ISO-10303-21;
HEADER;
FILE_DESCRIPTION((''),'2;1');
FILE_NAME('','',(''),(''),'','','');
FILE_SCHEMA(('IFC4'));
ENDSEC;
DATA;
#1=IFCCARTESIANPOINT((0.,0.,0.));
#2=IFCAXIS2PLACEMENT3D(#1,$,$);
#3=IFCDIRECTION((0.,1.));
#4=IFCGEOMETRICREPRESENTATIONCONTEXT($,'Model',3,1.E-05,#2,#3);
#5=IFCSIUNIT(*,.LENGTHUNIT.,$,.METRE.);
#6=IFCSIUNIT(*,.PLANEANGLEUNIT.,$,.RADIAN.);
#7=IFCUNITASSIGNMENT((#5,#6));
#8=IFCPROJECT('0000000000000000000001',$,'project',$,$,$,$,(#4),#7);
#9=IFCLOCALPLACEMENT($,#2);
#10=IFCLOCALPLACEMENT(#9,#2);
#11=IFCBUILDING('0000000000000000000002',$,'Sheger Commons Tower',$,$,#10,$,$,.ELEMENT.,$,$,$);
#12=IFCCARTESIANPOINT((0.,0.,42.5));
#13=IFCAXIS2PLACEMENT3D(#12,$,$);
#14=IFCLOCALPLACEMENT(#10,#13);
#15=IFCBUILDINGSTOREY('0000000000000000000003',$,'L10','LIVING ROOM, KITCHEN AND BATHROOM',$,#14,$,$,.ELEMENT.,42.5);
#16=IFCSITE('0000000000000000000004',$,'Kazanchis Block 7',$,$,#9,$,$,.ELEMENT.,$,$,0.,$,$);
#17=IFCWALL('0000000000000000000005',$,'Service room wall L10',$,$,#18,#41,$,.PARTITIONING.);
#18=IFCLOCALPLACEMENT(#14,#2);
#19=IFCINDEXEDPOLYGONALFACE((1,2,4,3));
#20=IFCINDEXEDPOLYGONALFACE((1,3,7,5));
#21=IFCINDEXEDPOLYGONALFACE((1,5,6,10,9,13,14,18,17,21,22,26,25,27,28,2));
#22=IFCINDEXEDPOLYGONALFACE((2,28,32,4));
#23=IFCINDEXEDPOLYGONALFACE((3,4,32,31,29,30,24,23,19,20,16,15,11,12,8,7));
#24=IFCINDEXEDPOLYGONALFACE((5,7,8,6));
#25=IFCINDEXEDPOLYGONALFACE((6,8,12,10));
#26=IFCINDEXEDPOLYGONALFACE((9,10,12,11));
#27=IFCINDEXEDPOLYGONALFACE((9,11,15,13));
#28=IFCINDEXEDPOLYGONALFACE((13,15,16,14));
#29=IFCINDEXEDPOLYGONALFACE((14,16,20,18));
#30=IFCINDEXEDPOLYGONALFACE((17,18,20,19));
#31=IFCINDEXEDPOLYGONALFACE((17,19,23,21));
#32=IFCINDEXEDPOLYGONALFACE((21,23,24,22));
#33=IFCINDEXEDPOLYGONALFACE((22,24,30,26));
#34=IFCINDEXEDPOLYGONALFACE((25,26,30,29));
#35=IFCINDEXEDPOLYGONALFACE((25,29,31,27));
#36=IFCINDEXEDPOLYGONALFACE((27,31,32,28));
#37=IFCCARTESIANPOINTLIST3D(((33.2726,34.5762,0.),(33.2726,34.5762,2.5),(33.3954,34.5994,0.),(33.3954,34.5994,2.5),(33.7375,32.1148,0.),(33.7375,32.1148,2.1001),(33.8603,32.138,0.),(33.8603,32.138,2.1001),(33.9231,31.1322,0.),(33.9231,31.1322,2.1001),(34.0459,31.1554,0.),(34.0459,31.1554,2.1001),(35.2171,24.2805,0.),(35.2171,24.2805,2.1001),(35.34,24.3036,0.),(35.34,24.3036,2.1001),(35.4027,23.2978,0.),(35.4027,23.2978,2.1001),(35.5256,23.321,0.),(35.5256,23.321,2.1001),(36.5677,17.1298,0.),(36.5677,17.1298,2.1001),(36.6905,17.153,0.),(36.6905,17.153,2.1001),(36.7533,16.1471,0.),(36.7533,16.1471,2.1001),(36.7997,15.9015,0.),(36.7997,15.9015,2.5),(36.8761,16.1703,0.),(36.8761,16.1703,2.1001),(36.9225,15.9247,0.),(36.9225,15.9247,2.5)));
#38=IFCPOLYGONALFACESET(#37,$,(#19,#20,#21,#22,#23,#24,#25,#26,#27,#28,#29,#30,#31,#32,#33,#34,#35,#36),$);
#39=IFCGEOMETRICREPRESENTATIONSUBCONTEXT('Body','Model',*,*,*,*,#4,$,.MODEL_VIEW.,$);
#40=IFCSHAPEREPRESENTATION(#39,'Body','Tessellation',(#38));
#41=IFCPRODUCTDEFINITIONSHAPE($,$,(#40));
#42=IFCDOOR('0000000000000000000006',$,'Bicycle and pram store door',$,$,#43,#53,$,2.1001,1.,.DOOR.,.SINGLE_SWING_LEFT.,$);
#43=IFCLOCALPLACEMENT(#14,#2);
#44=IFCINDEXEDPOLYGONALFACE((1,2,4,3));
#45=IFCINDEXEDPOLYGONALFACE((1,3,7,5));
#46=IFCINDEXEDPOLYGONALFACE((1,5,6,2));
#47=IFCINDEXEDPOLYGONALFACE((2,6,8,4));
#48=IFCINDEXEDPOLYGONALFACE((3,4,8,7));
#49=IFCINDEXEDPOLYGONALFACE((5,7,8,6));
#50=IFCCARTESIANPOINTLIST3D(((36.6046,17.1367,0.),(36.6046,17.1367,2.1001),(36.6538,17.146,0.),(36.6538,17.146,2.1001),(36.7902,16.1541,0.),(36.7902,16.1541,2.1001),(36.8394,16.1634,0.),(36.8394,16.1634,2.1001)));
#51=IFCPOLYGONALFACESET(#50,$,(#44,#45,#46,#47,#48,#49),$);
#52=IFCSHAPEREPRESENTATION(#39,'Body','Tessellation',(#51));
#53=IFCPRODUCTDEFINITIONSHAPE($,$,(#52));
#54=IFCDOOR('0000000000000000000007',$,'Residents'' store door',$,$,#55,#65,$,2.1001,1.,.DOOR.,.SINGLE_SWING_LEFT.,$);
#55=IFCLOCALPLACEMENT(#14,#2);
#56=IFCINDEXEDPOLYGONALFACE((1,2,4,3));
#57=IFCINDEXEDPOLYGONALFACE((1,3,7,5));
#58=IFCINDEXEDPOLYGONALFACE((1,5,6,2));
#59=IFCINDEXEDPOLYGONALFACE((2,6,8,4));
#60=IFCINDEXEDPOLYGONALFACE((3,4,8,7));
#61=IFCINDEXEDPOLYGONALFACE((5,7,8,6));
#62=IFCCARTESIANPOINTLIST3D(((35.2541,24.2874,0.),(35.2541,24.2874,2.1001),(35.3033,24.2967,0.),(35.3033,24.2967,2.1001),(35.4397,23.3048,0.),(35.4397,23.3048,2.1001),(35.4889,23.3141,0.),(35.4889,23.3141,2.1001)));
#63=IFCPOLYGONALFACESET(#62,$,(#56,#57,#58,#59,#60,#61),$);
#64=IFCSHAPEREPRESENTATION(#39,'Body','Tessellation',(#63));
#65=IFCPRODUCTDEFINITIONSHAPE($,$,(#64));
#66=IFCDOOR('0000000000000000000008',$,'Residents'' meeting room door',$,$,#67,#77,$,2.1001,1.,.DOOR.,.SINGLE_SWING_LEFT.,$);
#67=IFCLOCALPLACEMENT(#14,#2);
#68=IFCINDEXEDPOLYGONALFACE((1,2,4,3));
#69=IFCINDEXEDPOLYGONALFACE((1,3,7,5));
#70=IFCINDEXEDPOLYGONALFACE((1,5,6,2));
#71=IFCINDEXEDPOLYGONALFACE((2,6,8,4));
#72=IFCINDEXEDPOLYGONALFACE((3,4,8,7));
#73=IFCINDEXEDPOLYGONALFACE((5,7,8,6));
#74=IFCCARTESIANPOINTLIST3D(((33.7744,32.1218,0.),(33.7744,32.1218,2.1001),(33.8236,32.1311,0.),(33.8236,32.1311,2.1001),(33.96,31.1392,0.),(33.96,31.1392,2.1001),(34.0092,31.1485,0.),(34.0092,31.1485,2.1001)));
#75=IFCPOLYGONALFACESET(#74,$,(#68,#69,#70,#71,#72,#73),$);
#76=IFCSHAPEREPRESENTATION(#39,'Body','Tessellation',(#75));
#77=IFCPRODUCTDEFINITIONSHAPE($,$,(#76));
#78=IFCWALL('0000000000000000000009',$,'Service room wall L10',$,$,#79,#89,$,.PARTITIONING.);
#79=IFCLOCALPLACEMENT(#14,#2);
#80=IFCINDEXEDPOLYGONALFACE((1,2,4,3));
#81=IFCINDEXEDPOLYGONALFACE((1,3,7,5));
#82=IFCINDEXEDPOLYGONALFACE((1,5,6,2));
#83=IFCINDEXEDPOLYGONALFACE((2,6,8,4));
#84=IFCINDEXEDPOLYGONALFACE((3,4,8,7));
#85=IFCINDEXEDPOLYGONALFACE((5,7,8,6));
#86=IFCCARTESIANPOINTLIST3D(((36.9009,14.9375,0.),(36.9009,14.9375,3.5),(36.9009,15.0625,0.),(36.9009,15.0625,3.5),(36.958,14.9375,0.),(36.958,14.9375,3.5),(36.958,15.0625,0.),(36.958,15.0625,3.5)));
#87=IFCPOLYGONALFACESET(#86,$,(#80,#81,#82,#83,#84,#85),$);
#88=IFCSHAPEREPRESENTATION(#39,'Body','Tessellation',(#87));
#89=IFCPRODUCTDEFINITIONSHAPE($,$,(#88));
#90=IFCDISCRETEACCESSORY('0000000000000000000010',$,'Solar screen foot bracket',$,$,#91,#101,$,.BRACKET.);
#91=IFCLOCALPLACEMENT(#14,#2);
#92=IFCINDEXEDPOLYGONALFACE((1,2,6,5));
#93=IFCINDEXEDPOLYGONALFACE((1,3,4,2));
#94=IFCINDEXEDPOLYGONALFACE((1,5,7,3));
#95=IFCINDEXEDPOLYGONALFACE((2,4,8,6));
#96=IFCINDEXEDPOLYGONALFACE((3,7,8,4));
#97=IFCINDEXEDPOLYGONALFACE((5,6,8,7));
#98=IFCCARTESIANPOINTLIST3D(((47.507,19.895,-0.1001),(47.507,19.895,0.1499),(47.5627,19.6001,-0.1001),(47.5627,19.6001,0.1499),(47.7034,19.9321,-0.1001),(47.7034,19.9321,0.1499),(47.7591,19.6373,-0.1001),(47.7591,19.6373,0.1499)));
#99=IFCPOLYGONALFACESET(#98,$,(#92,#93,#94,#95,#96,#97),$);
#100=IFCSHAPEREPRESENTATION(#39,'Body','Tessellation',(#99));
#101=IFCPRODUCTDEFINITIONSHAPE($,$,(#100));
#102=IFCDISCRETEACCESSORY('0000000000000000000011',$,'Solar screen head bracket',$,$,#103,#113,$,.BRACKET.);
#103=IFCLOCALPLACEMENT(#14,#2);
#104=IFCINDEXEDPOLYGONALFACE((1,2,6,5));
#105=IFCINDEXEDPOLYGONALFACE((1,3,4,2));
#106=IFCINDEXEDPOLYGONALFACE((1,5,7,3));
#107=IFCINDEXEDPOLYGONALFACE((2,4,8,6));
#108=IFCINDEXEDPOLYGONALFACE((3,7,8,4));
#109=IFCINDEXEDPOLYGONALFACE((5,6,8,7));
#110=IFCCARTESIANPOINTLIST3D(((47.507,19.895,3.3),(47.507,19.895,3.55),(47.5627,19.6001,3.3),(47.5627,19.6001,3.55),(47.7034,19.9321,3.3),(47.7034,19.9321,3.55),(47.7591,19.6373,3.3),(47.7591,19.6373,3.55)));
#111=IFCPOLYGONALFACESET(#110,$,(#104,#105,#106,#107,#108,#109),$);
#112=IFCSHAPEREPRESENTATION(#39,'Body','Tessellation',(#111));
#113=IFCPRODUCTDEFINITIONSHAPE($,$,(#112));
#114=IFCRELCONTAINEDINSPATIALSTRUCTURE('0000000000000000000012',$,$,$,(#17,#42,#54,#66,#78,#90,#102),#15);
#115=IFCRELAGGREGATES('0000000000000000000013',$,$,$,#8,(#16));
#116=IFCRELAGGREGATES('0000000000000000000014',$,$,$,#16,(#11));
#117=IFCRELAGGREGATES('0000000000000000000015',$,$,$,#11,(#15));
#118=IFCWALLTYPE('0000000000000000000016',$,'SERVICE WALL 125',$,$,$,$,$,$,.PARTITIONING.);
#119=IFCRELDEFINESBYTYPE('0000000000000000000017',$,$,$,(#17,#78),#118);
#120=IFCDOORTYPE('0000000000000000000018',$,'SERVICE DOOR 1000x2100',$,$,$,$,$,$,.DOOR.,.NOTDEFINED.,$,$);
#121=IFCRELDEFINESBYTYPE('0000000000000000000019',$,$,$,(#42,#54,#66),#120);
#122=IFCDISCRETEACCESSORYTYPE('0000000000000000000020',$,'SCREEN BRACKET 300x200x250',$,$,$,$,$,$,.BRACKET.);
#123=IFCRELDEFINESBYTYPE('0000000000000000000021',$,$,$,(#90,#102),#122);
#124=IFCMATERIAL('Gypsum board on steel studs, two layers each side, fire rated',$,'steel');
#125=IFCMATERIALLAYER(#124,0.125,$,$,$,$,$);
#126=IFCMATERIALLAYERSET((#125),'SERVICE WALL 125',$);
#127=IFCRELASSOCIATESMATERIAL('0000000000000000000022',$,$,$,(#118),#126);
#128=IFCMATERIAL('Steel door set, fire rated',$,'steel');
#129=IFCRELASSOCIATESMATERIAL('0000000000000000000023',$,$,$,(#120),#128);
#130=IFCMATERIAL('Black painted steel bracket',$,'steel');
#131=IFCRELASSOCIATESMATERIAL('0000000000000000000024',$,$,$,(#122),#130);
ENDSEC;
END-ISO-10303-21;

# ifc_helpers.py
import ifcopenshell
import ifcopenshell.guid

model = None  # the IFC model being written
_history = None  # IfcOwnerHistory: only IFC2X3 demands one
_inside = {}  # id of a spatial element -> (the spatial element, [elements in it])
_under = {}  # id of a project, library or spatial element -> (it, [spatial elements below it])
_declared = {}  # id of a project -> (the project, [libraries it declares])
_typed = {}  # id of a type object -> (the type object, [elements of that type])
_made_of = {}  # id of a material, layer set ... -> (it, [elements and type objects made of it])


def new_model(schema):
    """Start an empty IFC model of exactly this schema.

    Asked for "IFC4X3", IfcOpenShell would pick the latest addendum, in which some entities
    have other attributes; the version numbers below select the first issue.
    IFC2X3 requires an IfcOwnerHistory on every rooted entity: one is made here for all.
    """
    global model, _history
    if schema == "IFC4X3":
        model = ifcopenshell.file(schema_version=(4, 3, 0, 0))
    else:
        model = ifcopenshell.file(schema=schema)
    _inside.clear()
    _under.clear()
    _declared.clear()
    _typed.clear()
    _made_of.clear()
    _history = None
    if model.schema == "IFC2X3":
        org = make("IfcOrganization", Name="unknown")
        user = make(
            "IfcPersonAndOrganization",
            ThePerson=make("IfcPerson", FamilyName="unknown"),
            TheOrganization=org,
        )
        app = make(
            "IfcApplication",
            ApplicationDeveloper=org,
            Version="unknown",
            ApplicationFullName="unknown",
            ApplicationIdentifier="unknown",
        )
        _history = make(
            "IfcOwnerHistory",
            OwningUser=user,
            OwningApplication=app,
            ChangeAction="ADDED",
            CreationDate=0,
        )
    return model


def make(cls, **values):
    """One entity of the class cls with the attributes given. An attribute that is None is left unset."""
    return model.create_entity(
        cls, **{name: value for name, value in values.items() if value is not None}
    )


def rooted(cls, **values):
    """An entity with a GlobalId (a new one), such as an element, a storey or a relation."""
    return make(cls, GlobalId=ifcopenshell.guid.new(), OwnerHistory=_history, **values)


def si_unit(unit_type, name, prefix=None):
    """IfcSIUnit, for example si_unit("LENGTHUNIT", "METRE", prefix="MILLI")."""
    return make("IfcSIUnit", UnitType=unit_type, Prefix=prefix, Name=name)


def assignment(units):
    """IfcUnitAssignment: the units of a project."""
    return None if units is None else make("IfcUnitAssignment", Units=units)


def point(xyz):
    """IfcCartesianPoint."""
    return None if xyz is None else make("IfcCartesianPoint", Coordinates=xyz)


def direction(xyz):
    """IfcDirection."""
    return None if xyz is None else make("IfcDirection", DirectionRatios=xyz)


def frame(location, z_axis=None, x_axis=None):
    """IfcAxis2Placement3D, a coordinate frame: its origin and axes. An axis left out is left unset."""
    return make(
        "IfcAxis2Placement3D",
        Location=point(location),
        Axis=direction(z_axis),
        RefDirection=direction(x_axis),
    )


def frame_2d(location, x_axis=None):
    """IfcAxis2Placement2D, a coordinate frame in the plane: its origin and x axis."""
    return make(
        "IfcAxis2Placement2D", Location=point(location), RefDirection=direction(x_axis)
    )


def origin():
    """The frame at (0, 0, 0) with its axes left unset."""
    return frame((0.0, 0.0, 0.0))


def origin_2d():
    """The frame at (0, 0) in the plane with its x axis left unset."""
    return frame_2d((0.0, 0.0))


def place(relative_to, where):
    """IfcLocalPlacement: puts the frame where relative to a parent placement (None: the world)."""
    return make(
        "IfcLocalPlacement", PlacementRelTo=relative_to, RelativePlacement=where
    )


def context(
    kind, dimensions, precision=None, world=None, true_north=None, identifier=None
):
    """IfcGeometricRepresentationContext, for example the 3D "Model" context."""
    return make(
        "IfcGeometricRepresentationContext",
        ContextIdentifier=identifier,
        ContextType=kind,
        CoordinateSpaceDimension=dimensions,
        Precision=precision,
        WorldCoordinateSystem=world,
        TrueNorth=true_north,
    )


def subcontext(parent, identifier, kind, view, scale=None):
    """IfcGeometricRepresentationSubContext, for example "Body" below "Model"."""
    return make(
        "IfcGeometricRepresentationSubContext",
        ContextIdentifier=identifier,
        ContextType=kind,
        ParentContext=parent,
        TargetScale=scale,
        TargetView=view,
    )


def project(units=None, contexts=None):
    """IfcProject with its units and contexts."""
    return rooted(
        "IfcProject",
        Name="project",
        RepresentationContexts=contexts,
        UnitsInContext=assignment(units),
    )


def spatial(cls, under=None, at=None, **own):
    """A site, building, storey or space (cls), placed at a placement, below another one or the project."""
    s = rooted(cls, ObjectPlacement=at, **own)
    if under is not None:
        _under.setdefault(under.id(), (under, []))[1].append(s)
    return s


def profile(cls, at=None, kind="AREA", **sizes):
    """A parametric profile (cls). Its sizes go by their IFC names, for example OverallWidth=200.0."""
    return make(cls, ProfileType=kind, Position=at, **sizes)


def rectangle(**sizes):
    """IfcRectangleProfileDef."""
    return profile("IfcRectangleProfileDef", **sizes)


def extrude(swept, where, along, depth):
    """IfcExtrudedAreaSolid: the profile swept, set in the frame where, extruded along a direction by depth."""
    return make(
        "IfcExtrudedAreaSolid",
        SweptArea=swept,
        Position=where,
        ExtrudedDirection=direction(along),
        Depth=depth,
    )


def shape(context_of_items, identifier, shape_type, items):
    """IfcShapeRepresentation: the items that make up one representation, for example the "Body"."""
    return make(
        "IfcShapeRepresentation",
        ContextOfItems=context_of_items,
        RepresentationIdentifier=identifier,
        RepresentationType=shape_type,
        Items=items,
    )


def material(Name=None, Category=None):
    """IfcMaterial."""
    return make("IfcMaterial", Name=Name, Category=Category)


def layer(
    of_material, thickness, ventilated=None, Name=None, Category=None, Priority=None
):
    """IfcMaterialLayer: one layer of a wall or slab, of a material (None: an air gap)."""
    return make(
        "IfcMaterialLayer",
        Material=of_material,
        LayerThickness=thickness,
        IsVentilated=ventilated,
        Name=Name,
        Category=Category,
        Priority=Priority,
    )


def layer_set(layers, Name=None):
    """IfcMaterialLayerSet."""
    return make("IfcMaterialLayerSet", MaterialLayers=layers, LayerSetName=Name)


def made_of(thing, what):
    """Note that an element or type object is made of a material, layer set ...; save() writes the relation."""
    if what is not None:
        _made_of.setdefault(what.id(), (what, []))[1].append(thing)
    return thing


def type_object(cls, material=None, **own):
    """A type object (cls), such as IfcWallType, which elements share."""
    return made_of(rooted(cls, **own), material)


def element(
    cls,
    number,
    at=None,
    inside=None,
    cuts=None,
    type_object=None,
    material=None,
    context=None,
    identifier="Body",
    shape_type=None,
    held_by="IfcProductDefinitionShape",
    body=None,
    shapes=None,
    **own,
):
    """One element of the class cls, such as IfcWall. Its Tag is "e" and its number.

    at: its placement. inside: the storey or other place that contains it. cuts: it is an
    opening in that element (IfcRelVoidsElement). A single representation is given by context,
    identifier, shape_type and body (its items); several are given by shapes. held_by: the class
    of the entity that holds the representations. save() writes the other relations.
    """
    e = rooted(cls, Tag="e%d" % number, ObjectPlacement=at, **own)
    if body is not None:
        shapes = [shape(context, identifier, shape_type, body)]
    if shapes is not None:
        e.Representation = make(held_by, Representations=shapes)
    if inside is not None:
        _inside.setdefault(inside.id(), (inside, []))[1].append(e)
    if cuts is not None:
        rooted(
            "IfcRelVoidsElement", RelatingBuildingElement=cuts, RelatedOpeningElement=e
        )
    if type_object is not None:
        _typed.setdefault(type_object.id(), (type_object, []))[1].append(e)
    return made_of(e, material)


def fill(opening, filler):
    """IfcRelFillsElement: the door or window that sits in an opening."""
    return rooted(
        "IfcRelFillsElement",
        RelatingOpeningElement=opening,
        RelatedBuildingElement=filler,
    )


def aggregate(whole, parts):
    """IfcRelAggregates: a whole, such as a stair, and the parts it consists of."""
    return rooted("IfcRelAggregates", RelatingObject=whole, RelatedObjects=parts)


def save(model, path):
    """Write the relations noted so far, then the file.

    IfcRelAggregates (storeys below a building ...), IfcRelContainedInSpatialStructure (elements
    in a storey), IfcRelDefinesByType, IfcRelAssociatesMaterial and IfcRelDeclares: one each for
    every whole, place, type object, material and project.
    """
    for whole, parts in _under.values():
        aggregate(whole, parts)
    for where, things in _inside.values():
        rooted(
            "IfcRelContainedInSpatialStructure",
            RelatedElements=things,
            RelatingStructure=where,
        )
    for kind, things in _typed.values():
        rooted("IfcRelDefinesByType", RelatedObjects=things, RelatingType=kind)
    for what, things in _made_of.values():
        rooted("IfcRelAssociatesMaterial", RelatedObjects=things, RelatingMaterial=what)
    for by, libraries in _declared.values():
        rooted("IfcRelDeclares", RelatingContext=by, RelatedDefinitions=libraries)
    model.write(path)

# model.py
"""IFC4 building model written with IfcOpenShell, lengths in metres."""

from ifc_helpers import new_model, si_unit, direction, frame, frame_2d, origin, origin_2d, place, context, subcontext, project, spatial, rectangle, extrude, material, layer, layer_set, type_object, element, fill, save


model = new_model("IFC4")

# Units and contexts
model_context = context("Model", 3, precision=1e-05, world=origin(), true_north=direction((0.0, 1.0)))
body_context = subcontext(model_context, "Body", "Model", "MODEL_VIEW")
ifc_project = project(units=[si_unit("LENGTHUNIT", "METRE"), si_unit("PLANEANGLEUNIT", "RADIAN")], contexts=[model_context])

# Site, building, storey
site_placement = place(None, origin())
site = spatial("IfcSite", under=ifc_project, at=site_placement, Name="Kazanchis Block 7", CompositionType="ELEMENT", RefElevation=0.0)
building_placement = place(site_placement, origin())
building = spatial("IfcBuilding", under=site, at=building_placement, Name="Sheger Commons Tower", CompositionType="ELEMENT")
storey_placement = place(building_placement, frame((0.0, 0.0, 42.5)))
storey = spatial("IfcBuildingStorey", under=building, at=storey_placement, Name="L10", Description="LIVING ROOM, KITCHEN AND BATHROOM", CompositionType="ELEMENT", Elevation=42.5)

# Wall, openings, doors
ifc_material_1 = material(Name="Gypsum board on steel studs, two layers each side, fire rated", Category="steel")
ifc_layer_1 = layer(ifc_material_1, 0.125)
ifc_layer_set_1 = layer_set([ifc_layer_1], Name="SERVICE WALL 125")
wall_type_1 = type_object("IfcWallType", Name="SERVICE WALL 125", PredefinedType="PARTITIONING", material=ifc_layer_set_1)
wall_1_placement = place(storey_placement, frame((36.8611, 15.9131, 0.0), z_axis=(0.0, 0.0, 1.0), x_axis=(-0.185588, 0.982628, 0.0)))
wall_1 = element("IfcWall", 1, at=wall_1_placement, inside=storey, type_object=wall_type_1, Name="Service room wall L10", PredefinedType="PARTITIONING", context=body_context, shape_type="SweptSolid", body=[
    extrude(rectangle(XDim=19.0049, YDim=0.125, at=frame_2d((9.5024, 0.0))), origin(), (0.0, 0.0, 1.0), 2.5),
])
opening_1_placement = place(wall_1_placement, frame((0.25, 0.0, 0.0)))
opening_1 = element("IfcOpeningElement", 2, at=opening_1_placement, cuts=wall_1, PredefinedType="OPENING", context=body_context, shape_type="SweptSolid", body=[
    extrude(rectangle(XDim=1.0, YDim=2.1001, at=frame_2d((0.5, 1.05))), frame((0.0, 0.0725, 0.0), z_axis=(0.0, -1.0, 0.0), x_axis=(1.0, 0.0, 0.0)), (0.0, 0.0, 1.0), 0.145),
])
opening_2_placement = place(wall_1_placement, frame((7.5271, 0.0, 0.0)))
opening_2 = element("IfcOpeningElement", 3, at=opening_2_placement, cuts=wall_1, PredefinedType="OPENING", context=body_context, shape_type="SweptSolid", body=[
    extrude(rectangle(XDim=1.0, YDim=2.1001, at=frame_2d((0.5, 1.05))), frame((0.0, 0.0725, 0.0), z_axis=(0.0, -1.0, 0.0), x_axis=(1.0, 0.0, 0.0)), (0.0, 0.0, 1.0), 0.145),
])
opening_3_placement = place(wall_1_placement, frame((15.5, 0.0, 0.0)))
opening_3 = element("IfcOpeningElement", 4, at=opening_3_placement, cuts=wall_1, PredefinedType="OPENING", context=body_context, shape_type="SweptSolid", body=[
    extrude(rectangle(XDim=1.0, YDim=2.1001, at=frame_2d((0.5, 1.05))), frame((0.0, 0.0725, 0.0), z_axis=(0.0, -1.0, 0.0), x_axis=(1.0, 0.0, 0.0)), (0.0, 0.0, 1.0), 0.145),
])
ifc_material_2 = material(Name="Steel door set, fire rated", Category="steel")
door_type = type_object("IfcDoorType", Name="SERVICE DOOR 1000x2100", OperationType="NOTDEFINED", PredefinedType="DOOR", material=ifc_material_2)
door_1_placement = place(opening_1_placement, origin())
door_1 = element("IfcDoor", 5, at=door_1_placement, inside=storey, type_object=door_type, Name="Bicycle and pram store door", OperationType="SINGLE_SWING_LEFT", OverallHeight=2.1001, OverallWidth=1.0, PredefinedType="DOOR", context=body_context, shape_type="SweptSolid", body=[
    extrude(rectangle(XDim=1.0, YDim=2.1001, at=frame_2d((0.5, 1.05))), frame((0.0, 0.0249, 0.0), z_axis=(0.0, -1.0, 0.0), x_axis=(1.0, 0.0, 0.0)), (0.0, 0.0, 1.0), 0.05),
])
fill(opening_1, door_1)
door_2_placement = place(opening_2_placement, origin())
door_2 = element("IfcDoor", 6, at=door_2_placement, inside=storey, type_object=door_type, Name="Residents' store door", OperationType="SINGLE_SWING_LEFT", OverallHeight=2.1001, OverallWidth=1.0, PredefinedType="DOOR", context=body_context, shape_type="SweptSolid", body=[
    extrude(rectangle(XDim=1.0, YDim=2.1001, at=frame_2d((0.5, 1.05))), frame((0.0, 0.0249, 0.0), z_axis=(0.0, -1.0, 0.0), x_axis=(1.0, 0.0, 0.0)), (0.0, 0.0, 1.0), 0.05),
])
fill(opening_2, door_2)
door_3_placement = place(opening_3_placement, origin())
door_3 = element("IfcDoor", 7, at=door_3_placement, inside=storey, type_object=door_type, Name="Residents' meeting room door", OperationType="SINGLE_SWING_LEFT", OverallHeight=2.1001, OverallWidth=1.0, PredefinedType="DOOR", context=body_context, shape_type="SweptSolid", body=[
    extrude(rectangle(XDim=1.0, YDim=2.1001, at=frame_2d((0.5, 1.05))), frame((0.0, 0.0249, 0.0), z_axis=(0.0, -1.0, 0.0), x_axis=(1.0, 0.0, 0.0)), (0.0, 0.0, 1.0), 0.05),
])
fill(opening_3, door_3)

# Wall
wall_2_placement = place(storey_placement, frame((36.9009, 15.0, 0.0), z_axis=(0.0, 0.0, 1.0), x_axis=(1.0, 0.0, 0.0)))
element("IfcWall", 8, at=wall_2_placement, inside=storey, type_object=wall_type_1, Name="Service room wall L10", PredefinedType="PARTITIONING", context=body_context, shape_type="SweptSolid", body=[
    extrude(rectangle(XDim=0.0571, YDim=0.125, at=frame_2d((0.0286, 0.0))), origin(), (0.0, 0.0, 1.0), 3.5),
])

# Discrete accessories
ifc_material_3 = material(Name="Black painted steel bracket", Category="steel")
discrete_accessory_type = type_object("IfcDiscreteAccessoryType", Name="SCREEN BRACKET 300x200x250", PredefinedType="BRACKET", material=ifc_material_3)
for number, where, z_axis, x_axis, name in (
    (9, (47.6331, 19.7661, -0.1001), (0.0, 0.0, 1.0), (-0.185615, 0.982623, 0.0), "Solar screen foot bracket"),
    (10, (47.6331, 19.7661, 3.3), (0.0, 0.0, 1.0), (-0.185615, 0.982623, 0.0), "Solar screen head bracket"),
):
    element("IfcDiscreteAccessory", number, at=place(storey_placement, frame(where, z_axis=z_axis, x_axis=x_axis)), inside=storey, type_object=discrete_accessory_type, Name=name, PredefinedType="BRACKET", context=body_context, shape_type="SweptSolid", body=[
        extrude(rectangle(XDim=0.3, YDim=0.2, at=origin_2d()), origin(), (0.0, 0.0, 1.0), 0.25),
    ])

save(model, "model.ifc")
